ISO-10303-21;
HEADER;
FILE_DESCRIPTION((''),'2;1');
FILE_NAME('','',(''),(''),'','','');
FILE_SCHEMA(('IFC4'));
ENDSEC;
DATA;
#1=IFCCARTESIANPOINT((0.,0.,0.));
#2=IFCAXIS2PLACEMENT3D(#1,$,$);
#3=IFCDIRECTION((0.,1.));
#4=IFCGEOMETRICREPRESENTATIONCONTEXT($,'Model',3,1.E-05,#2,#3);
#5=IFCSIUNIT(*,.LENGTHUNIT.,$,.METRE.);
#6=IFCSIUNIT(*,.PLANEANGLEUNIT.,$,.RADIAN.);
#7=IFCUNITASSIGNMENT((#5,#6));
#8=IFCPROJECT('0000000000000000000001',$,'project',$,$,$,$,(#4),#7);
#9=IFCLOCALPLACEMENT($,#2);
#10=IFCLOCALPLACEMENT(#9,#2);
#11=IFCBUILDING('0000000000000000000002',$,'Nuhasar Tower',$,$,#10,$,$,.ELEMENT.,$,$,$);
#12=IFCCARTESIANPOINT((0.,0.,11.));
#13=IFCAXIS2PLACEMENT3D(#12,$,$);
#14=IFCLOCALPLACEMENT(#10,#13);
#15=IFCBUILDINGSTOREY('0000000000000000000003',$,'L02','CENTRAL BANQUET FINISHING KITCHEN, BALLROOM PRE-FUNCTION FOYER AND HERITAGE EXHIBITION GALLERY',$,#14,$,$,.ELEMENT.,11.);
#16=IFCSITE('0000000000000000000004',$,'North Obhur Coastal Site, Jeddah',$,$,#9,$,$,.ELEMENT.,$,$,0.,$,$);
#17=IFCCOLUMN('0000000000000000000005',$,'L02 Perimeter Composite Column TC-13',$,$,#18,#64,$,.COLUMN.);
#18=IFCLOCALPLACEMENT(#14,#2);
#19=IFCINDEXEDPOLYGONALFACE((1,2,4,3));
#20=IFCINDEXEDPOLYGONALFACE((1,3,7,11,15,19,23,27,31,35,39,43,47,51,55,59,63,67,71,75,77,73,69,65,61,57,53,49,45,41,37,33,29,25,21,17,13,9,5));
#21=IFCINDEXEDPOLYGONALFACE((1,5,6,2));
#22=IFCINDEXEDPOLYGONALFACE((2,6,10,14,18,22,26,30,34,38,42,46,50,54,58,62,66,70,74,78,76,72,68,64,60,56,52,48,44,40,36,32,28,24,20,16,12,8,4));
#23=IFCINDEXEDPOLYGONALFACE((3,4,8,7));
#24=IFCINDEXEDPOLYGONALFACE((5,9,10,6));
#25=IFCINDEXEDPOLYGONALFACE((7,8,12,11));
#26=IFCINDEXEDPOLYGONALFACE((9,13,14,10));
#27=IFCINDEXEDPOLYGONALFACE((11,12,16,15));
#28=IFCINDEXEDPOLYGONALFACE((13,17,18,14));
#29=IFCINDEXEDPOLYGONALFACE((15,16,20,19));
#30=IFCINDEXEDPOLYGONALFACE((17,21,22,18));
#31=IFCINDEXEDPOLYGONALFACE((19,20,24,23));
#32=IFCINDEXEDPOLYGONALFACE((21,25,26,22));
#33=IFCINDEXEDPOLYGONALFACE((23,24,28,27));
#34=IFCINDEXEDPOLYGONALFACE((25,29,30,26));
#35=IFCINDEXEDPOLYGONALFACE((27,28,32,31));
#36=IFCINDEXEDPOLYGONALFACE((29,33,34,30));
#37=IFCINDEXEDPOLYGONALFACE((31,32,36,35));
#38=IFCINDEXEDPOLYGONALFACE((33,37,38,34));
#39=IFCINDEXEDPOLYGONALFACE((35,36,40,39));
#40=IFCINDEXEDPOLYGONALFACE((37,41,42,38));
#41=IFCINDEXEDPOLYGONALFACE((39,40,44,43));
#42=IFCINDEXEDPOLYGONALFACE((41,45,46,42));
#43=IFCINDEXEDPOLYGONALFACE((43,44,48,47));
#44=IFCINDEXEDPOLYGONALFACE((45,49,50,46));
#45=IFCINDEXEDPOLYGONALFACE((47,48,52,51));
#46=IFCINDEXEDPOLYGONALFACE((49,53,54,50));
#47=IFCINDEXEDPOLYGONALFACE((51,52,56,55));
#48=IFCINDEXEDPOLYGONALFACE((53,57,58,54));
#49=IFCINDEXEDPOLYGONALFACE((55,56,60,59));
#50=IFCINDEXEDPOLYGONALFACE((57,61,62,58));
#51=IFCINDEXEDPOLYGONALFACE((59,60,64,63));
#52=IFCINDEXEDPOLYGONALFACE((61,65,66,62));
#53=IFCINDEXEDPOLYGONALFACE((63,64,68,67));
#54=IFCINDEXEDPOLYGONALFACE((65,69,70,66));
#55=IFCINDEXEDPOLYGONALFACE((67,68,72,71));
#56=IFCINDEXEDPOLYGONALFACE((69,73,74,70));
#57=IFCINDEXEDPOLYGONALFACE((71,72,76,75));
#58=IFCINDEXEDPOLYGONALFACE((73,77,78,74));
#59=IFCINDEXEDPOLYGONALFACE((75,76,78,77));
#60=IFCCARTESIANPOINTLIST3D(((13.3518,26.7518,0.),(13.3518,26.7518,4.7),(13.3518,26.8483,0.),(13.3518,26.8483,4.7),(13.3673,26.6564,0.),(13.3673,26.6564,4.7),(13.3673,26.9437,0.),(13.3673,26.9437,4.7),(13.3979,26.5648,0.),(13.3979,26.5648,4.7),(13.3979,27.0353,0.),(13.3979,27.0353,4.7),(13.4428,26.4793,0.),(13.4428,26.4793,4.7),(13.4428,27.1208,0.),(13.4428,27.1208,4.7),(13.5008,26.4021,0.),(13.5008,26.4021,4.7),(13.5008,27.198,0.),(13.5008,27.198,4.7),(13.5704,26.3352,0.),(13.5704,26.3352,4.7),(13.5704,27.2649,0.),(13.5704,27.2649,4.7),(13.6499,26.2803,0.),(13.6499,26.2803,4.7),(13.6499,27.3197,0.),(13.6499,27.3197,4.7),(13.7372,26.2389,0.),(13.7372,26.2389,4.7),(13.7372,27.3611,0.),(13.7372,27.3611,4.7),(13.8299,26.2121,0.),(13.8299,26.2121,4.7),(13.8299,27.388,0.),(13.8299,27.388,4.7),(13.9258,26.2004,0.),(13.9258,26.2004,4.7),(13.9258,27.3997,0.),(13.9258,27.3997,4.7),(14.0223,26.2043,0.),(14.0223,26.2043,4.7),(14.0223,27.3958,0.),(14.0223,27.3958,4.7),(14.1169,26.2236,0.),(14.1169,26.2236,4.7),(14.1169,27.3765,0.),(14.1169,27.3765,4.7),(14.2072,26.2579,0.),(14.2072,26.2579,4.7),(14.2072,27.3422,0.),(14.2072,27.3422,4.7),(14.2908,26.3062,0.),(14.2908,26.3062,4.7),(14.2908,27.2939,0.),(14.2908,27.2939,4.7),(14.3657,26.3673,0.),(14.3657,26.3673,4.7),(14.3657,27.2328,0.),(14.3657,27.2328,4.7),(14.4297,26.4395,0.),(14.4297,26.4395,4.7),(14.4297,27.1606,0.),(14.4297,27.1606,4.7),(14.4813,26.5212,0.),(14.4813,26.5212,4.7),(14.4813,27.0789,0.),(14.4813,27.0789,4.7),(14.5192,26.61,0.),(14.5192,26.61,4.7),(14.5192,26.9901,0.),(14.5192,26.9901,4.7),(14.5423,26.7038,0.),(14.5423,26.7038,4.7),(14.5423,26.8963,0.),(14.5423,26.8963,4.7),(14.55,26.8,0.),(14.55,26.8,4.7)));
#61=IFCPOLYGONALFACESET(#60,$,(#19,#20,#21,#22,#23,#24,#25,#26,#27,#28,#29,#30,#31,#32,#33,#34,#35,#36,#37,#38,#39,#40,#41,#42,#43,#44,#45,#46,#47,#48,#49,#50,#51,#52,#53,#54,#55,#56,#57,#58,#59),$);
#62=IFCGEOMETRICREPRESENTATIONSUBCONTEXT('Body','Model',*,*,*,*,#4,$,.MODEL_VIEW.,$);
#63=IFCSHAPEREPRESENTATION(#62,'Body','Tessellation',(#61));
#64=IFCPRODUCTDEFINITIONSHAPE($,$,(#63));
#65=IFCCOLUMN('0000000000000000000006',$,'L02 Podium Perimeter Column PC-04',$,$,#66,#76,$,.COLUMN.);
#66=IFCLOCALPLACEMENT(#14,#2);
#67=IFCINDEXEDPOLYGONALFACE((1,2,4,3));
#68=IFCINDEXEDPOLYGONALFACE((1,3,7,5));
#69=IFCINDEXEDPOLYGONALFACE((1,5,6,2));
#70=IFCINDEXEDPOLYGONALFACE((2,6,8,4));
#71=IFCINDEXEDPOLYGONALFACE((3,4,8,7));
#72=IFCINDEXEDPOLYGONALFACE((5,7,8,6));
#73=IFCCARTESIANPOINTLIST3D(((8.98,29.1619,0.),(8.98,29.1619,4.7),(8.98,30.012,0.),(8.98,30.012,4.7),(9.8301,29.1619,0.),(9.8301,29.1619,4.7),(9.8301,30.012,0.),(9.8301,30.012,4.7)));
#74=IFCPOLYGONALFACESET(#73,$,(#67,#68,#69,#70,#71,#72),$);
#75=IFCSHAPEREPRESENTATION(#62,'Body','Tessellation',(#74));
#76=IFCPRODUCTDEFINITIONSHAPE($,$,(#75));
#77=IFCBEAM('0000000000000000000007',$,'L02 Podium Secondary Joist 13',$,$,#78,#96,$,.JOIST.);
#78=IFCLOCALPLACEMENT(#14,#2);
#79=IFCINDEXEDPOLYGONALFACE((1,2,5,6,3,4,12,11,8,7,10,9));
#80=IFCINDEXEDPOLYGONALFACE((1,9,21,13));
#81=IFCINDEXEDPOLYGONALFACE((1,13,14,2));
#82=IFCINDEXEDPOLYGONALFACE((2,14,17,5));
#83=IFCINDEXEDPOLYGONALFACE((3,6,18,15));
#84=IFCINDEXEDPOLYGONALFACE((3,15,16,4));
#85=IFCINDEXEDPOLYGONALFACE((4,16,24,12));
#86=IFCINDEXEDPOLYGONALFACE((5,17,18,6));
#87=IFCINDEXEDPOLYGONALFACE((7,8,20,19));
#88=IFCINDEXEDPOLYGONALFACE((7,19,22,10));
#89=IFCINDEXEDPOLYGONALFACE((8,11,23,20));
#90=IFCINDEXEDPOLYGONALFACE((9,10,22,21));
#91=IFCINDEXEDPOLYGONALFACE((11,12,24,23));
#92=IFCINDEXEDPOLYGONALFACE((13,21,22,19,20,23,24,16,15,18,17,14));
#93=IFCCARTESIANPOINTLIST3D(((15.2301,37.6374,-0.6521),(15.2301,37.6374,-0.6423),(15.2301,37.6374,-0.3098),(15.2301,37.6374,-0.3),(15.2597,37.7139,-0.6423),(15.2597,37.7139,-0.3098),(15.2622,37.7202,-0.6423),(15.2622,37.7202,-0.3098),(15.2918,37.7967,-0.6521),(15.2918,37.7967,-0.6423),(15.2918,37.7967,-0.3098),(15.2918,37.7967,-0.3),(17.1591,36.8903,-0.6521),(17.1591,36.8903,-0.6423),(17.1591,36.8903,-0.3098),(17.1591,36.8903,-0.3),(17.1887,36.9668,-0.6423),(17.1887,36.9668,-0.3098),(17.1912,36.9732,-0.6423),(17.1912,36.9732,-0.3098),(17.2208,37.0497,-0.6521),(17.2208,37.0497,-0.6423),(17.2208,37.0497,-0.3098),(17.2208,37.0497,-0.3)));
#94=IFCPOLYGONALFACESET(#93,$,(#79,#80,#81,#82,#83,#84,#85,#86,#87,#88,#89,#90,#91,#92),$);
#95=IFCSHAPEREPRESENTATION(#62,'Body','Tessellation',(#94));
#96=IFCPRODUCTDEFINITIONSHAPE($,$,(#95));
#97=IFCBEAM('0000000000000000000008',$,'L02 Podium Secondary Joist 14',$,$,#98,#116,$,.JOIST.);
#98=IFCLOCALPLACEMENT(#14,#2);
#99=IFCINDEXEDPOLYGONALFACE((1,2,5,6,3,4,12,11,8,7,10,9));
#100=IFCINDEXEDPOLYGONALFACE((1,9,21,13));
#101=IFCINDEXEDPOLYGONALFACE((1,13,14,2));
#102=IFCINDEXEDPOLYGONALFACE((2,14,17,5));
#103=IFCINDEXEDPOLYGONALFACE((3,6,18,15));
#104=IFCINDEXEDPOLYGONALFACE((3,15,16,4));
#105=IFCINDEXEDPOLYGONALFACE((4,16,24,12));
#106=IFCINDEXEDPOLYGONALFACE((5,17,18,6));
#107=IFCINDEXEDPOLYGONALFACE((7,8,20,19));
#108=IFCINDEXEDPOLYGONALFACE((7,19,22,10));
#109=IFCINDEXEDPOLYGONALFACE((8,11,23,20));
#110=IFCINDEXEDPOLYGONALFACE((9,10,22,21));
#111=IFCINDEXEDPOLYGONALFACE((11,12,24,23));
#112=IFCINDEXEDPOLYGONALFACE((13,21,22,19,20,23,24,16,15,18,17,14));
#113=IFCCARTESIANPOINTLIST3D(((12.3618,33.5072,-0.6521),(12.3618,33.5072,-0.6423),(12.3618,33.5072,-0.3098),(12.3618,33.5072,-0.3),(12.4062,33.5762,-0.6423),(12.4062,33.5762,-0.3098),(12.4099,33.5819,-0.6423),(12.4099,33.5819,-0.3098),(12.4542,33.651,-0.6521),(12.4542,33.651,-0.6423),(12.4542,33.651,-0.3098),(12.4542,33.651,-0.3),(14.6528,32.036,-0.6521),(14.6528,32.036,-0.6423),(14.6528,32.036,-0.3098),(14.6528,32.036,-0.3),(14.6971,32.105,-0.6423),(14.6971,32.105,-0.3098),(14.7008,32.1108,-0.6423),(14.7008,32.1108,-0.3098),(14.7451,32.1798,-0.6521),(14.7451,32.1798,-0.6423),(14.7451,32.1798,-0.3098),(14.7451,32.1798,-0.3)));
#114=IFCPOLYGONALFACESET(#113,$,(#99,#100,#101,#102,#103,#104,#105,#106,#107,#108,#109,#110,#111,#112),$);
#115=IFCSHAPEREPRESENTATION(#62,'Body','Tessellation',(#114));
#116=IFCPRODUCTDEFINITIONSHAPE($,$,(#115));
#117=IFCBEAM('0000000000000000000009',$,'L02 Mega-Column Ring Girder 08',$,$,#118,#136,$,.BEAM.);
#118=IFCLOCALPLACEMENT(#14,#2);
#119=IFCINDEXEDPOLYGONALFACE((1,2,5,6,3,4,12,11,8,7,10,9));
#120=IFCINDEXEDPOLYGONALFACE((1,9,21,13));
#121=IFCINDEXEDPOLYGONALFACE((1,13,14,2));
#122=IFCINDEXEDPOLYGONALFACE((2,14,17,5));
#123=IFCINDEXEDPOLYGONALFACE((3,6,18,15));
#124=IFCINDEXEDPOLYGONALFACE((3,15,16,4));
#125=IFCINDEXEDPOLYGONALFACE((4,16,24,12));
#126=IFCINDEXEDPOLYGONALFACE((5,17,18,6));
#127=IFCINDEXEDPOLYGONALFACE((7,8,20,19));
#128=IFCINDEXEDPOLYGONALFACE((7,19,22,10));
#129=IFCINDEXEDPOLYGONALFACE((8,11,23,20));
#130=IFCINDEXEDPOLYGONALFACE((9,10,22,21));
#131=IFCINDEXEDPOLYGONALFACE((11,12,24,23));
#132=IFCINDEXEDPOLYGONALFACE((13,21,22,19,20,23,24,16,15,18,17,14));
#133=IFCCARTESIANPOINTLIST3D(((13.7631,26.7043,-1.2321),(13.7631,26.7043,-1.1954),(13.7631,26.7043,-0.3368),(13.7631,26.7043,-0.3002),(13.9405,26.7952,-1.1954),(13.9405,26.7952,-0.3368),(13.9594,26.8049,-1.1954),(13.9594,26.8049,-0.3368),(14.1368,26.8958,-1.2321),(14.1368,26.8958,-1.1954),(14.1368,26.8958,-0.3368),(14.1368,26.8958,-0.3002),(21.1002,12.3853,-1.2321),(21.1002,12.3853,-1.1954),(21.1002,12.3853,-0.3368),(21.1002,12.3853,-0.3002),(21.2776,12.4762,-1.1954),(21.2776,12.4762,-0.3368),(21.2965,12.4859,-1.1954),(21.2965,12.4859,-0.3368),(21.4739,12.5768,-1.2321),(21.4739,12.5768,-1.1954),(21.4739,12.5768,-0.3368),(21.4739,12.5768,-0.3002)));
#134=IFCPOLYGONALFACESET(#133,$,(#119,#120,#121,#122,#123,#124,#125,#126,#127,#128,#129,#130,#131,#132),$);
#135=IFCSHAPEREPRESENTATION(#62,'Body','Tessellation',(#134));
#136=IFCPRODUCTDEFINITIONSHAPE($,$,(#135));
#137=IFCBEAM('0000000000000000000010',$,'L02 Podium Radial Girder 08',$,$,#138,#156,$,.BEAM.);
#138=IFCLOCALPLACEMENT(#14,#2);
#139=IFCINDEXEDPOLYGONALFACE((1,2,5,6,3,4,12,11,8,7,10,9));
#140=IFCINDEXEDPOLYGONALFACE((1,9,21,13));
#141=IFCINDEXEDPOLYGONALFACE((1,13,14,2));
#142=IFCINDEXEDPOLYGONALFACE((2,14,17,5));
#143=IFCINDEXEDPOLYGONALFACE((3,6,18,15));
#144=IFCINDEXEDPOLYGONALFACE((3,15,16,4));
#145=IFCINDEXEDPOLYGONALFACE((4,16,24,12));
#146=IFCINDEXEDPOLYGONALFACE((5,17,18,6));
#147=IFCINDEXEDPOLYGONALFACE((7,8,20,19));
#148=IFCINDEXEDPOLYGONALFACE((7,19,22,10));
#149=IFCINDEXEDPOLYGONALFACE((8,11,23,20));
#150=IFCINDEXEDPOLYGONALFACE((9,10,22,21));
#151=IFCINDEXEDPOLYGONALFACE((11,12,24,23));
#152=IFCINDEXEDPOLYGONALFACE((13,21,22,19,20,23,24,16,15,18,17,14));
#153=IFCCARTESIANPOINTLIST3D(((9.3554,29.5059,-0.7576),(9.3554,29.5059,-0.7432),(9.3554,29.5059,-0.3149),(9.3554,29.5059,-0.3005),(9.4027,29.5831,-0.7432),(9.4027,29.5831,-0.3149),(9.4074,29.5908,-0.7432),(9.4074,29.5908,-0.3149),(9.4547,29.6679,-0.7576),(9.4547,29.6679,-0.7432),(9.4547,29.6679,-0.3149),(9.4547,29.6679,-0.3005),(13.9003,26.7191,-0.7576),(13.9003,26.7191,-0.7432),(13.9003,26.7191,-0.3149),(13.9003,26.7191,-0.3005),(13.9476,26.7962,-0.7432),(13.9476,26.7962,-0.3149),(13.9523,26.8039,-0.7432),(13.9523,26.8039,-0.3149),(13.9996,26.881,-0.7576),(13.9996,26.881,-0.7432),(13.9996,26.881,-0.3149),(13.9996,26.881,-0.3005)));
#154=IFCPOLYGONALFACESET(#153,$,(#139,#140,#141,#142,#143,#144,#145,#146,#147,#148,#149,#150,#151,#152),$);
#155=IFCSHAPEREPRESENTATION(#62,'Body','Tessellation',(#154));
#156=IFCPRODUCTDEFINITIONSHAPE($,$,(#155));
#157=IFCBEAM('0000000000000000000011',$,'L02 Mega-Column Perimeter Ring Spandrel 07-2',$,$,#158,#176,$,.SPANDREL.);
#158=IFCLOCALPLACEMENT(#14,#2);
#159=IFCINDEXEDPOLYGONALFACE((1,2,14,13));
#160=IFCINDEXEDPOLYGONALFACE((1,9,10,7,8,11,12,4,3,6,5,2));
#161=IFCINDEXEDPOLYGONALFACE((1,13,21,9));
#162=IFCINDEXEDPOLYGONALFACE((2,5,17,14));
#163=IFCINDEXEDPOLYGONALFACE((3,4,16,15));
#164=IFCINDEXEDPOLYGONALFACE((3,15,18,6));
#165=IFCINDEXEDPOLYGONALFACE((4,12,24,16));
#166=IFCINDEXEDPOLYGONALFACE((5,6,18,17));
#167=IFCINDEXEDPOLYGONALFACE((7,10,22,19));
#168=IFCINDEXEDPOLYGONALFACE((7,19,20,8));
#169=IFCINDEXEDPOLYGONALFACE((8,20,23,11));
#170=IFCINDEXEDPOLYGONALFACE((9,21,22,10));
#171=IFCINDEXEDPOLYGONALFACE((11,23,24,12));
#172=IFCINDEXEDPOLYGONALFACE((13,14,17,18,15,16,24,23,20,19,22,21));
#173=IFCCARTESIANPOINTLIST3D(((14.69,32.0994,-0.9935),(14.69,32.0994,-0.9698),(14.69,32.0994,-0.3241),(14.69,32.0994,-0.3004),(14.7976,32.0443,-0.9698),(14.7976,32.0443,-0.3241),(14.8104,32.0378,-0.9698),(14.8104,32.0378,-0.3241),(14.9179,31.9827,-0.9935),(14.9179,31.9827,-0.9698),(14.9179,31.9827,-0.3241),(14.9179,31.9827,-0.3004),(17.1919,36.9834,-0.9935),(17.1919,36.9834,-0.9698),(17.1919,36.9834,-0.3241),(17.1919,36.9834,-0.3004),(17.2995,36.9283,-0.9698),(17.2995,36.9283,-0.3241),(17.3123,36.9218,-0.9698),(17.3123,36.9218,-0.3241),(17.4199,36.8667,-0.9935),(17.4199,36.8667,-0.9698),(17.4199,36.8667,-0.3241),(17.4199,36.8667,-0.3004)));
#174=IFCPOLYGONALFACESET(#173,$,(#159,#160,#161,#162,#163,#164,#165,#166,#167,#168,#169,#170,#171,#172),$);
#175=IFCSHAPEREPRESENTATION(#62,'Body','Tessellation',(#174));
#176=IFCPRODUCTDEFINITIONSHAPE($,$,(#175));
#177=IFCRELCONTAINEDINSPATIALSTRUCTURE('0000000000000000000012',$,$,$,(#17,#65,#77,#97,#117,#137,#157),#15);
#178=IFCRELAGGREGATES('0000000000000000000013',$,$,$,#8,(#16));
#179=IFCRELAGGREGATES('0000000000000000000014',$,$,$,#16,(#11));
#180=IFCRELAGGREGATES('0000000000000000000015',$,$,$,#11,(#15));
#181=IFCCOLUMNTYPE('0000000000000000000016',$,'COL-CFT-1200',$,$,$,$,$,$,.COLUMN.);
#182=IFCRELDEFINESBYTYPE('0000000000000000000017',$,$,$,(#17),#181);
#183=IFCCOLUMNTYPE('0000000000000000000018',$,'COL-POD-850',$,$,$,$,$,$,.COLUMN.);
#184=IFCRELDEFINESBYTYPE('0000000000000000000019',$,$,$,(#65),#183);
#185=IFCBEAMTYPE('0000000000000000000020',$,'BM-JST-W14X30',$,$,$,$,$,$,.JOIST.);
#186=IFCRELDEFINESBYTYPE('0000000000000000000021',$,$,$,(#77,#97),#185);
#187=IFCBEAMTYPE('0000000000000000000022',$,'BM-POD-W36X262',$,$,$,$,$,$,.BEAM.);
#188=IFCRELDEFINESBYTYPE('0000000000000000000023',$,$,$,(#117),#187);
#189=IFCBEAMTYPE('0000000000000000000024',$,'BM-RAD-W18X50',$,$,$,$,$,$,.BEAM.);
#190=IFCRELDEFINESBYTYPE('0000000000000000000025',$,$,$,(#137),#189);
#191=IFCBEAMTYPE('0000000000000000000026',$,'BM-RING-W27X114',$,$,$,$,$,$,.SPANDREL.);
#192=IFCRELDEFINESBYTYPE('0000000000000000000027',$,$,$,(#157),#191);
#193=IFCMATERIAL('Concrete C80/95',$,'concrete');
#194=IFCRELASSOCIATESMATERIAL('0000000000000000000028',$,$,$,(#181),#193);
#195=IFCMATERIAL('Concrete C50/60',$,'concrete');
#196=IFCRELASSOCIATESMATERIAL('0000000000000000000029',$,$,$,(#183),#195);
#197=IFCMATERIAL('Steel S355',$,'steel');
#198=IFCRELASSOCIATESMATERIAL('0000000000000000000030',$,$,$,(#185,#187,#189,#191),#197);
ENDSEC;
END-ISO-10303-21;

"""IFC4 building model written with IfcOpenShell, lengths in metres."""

from ifc_helpers import new_model, si_unit, direction, frame, origin, origin_2d, place, context, subcontext, project, spatial, rectangle, circle, i_section, extrude, material, material_profile, profile_set, type_object, element, save


model = new_model("IFC4")

# Units and contexts
model_context = context("Model", 3, precision=1e-05, world=origin(), true_north=direction((0.0, 1.0)))
body_context = subcontext(model_context, "Body", "Model", "MODEL_VIEW")
ifc_project = project(units=[si_unit("LENGTHUNIT", "METRE"), si_unit("PLANEANGLEUNIT", "RADIAN")], contexts=[model_context])

# Site, building, storey
site_placement = place(None, origin())
site = spatial("IfcSite", under=ifc_project, at=site_placement, Name="North Obhur Coastal Site, Jeddah", CompositionType="ELEMENT", RefElevation=0.0)
building_placement = place(site_placement, origin())
building = spatial("IfcBuilding", under=site, at=building_placement, Name="Nuhasar Tower", CompositionType="ELEMENT")
storey_placement = place(building_placement, frame((0.0, 0.0, 11.0)))
storey = spatial("IfcBuildingStorey", under=building, at=storey_placement, Name="L02", Description="CENTRAL BANQUET FINISHING KITCHEN, BALLROOM PRE-FUNCTION FOYER AND HERITAGE EXHIBITION GALLERY", CompositionType="ELEMENT", Elevation=11.0)

# Columns
ifc_material_1 = material(Name="Concrete C80/95", Category="concrete")
ifc_material_profile_1 = material_profile(ifc_material_1, circle(Radius=0.6001, at=origin_2d()), Name="CFT1200")
ifc_profile_set_1 = profile_set([ifc_material_profile_1], Name="Concrete C80/95")
column_type_1 = type_object("IfcColumnType", Name="COL-CFT-1200", PredefinedType="COLUMN", material=ifc_profile_set_1)
column_1_placement = place(storey_placement, frame((13.95, 26.8, 0.0), z_axis=(0.0, 0.0, 1.0), x_axis=(1.0, 0.0, 0.0)))
element("IfcColumn", 1, at=column_1_placement, inside=storey, type_object=column_type_1, Name="L02 Perimeter Composite Column TC-13", PredefinedType="COLUMN", context=body_context, shape_type="SweptSolid", body=[
    extrude(circle(Radius=0.6001, at=origin_2d()), origin(), (0.0, 0.0, 1.0), 4.7),
])
ifc_material_2 = material(Name="Concrete C50/60", Category="concrete")
ifc_material_profile_2 = material_profile(ifc_material_2, rectangle(XDim=0.8501, YDim=0.8501, at=origin_2d()), Name="RC850X850")
ifc_profile_set_2 = profile_set([ifc_material_profile_2], Name="Concrete C50/60")
column_type_2 = type_object("IfcColumnType", Name="COL-POD-850", PredefinedType="COLUMN", material=ifc_profile_set_2)
column_2_placement = place(storey_placement, frame((9.405, 29.5869, 0.0), z_axis=(0.0, 0.0, 1.0), x_axis=(1.0, 0.0, 0.0)))
element("IfcColumn", 2, at=column_2_placement, inside=storey, type_object=column_type_2, Name="L02 Podium Perimeter Column PC-04", PredefinedType="COLUMN", context=body_context, shape_type="SweptSolid", body=[
    extrude(rectangle(XDim=0.8501, YDim=0.8501, at=origin_2d()), origin(), (0.0, 0.0, 1.0), 4.7),
])

# Beams
ifc_material_3 = material(Name="Steel S355", Category="steel")
ifc_material_profile_3 = material_profile(ifc_material_3, i_section(OverallWidth=0.1709, OverallDepth=0.3521, WebThickness=0.0068, FlangeThickness=0.0098, at=origin_2d()), Name="W14X30")
ifc_profile_set_3 = profile_set([ifc_material_profile_3], Name="Steel S355")
beam_type_1 = type_object("IfcBeamType", Name="BM-JST-W14X30", PredefinedType="JOIST", material=ifc_profile_set_3)
beam_1_placement = place(storey_placement, frame((17.1899, 36.97, -0.4761), z_axis=(-0.932507, 0.361153, 0.0), x_axis=(-0.361153, -0.932507, 0.0)))
element("IfcBeam", 3, at=beam_1_placement, inside=storey, type_object=beam_type_1, Name="L02 Podium Secondary Joist 13", PredefinedType="JOIST", context=body_context, shape_type="SweptSolid", body=[
    extrude(i_section(OverallWidth=0.1709, OverallDepth=0.3521, WebThickness=0.0068, FlangeThickness=0.0098, at=origin_2d()), origin(), (0.0, 0.0, 1.0), 2.0686),
])
beam_2_placement = place(storey_placement, frame((14.699, 32.1079, -0.4761), z_axis=(-0.841446, 0.540341, 0.0), x_axis=(-0.540341, -0.841446, 0.0)))
element("IfcBeam", 4, at=beam_2_placement, inside=storey, type_object=beam_type_1, Name="L02 Podium Secondary Joist 14", PredefinedType="JOIST", context=body_context, shape_type="SweptSolid", body=[
    extrude(i_section(OverallWidth=0.1709, OverallDepth=0.3521, WebThickness=0.0068, FlangeThickness=0.0098, at=origin_2d()), origin(), (0.0, 0.0, 1.0), 2.7227),
])
ifc_material_profile_4 = material_profile(ifc_material_3, i_section(OverallWidth=0.4199, OverallDepth=0.9319, WebThickness=0.0212, FlangeThickness=0.0366, at=origin_2d()), Name="W36X262")
ifc_profile_set_4 = profile_set([ifc_material_profile_4], Name="Steel S355")
beam_type_2 = type_object("IfcBeamType", Name="BM-POD-W36X262", PredefinedType="BEAM", material=ifc_profile_set_4)
beam_3_placement = place(storey_placement, frame((13.95, 26.8, -0.7661), z_axis=(0.456023, -0.889968, 0.0), x_axis=(0.889968, 0.456023, 0.0)))
element("IfcBeam", 5, at=beam_3_placement, inside=storey, type_object=beam_type_2, Name="L02 Mega-Column Ring Girder 08", PredefinedType="BEAM", context=body_context, shape_type="SweptSolid", body=[
    extrude(i_section(OverallWidth=0.4199, OverallDepth=0.9319, WebThickness=0.0212, FlangeThickness=0.0366, at=origin_2d()), origin(), (0.0, 0.0, 1.0), 16.0894),
])
ifc_material_profile_5 = material_profile(ifc_material_3, i_section(OverallWidth=0.1899, OverallDepth=0.457, WebThickness=0.009, FlangeThickness=0.0144, at=origin_2d()), Name="W18X50")
ifc_profile_set_5 = profile_set([ifc_material_profile_5], Name="Steel S355")
beam_type_3 = type_object("IfcBeamType", Name="BM-RAD-W18X50", PredefinedType="BEAM", material=ifc_profile_set_5)
beam_4_placement = place(storey_placement, frame((13.95, 26.8, -0.5291), z_axis=(-0.852495, 0.522735, 0.0), x_axis=(-0.522735, -0.852495, 0.0)))
element("IfcBeam", 6, at=beam_4_placement, inside=storey, type_object=beam_type_3, Name="L02 Podium Radial Girder 08", PredefinedType="BEAM", context=body_context, shape_type="SweptSolid", body=[
    extrude(i_section(OverallWidth=0.1899, OverallDepth=0.457, WebThickness=0.009, FlangeThickness=0.0144, at=origin_2d()), origin(), (0.0, 0.0, 1.0), 5.3313),
])
ifc_material_profile_6 = material_profile(ifc_material_3, i_section(OverallWidth=0.2561, OverallDepth=0.6931, WebThickness=0.0144, FlangeThickness=0.0237, at=origin_2d()), Name="W27X114")
ifc_profile_set_6 = profile_set([ifc_material_profile_6], Name="Steel S355")
beam_type_4 = type_object("IfcBeamType", Name="BM-RING-W27X114", PredefinedType="SPANDREL", material=ifc_profile_set_6)
beam_5_placement = place(storey_placement, frame((17.3059, 36.925, -0.647), z_axis=(-0.45593, -0.890016, 0.0), x_axis=(0.890016, -0.45593, 0.0)))
element("IfcBeam", 7, at=beam_5_placement, inside=storey, type_object=beam_type_4, Name="L02 Mega-Column Perimeter Ring Spandrel 07-2", PredefinedType="SPANDREL", context=body_context, shape_type="SweptSolid", body=[
    extrude(i_section(OverallWidth=0.2561, OverallDepth=0.6931, WebThickness=0.0144, FlangeThickness=0.0237, at=origin_2d()), origin(), (0.0, 0.0, 1.0), 5.4875),
])

save(model, "model.ifc")
